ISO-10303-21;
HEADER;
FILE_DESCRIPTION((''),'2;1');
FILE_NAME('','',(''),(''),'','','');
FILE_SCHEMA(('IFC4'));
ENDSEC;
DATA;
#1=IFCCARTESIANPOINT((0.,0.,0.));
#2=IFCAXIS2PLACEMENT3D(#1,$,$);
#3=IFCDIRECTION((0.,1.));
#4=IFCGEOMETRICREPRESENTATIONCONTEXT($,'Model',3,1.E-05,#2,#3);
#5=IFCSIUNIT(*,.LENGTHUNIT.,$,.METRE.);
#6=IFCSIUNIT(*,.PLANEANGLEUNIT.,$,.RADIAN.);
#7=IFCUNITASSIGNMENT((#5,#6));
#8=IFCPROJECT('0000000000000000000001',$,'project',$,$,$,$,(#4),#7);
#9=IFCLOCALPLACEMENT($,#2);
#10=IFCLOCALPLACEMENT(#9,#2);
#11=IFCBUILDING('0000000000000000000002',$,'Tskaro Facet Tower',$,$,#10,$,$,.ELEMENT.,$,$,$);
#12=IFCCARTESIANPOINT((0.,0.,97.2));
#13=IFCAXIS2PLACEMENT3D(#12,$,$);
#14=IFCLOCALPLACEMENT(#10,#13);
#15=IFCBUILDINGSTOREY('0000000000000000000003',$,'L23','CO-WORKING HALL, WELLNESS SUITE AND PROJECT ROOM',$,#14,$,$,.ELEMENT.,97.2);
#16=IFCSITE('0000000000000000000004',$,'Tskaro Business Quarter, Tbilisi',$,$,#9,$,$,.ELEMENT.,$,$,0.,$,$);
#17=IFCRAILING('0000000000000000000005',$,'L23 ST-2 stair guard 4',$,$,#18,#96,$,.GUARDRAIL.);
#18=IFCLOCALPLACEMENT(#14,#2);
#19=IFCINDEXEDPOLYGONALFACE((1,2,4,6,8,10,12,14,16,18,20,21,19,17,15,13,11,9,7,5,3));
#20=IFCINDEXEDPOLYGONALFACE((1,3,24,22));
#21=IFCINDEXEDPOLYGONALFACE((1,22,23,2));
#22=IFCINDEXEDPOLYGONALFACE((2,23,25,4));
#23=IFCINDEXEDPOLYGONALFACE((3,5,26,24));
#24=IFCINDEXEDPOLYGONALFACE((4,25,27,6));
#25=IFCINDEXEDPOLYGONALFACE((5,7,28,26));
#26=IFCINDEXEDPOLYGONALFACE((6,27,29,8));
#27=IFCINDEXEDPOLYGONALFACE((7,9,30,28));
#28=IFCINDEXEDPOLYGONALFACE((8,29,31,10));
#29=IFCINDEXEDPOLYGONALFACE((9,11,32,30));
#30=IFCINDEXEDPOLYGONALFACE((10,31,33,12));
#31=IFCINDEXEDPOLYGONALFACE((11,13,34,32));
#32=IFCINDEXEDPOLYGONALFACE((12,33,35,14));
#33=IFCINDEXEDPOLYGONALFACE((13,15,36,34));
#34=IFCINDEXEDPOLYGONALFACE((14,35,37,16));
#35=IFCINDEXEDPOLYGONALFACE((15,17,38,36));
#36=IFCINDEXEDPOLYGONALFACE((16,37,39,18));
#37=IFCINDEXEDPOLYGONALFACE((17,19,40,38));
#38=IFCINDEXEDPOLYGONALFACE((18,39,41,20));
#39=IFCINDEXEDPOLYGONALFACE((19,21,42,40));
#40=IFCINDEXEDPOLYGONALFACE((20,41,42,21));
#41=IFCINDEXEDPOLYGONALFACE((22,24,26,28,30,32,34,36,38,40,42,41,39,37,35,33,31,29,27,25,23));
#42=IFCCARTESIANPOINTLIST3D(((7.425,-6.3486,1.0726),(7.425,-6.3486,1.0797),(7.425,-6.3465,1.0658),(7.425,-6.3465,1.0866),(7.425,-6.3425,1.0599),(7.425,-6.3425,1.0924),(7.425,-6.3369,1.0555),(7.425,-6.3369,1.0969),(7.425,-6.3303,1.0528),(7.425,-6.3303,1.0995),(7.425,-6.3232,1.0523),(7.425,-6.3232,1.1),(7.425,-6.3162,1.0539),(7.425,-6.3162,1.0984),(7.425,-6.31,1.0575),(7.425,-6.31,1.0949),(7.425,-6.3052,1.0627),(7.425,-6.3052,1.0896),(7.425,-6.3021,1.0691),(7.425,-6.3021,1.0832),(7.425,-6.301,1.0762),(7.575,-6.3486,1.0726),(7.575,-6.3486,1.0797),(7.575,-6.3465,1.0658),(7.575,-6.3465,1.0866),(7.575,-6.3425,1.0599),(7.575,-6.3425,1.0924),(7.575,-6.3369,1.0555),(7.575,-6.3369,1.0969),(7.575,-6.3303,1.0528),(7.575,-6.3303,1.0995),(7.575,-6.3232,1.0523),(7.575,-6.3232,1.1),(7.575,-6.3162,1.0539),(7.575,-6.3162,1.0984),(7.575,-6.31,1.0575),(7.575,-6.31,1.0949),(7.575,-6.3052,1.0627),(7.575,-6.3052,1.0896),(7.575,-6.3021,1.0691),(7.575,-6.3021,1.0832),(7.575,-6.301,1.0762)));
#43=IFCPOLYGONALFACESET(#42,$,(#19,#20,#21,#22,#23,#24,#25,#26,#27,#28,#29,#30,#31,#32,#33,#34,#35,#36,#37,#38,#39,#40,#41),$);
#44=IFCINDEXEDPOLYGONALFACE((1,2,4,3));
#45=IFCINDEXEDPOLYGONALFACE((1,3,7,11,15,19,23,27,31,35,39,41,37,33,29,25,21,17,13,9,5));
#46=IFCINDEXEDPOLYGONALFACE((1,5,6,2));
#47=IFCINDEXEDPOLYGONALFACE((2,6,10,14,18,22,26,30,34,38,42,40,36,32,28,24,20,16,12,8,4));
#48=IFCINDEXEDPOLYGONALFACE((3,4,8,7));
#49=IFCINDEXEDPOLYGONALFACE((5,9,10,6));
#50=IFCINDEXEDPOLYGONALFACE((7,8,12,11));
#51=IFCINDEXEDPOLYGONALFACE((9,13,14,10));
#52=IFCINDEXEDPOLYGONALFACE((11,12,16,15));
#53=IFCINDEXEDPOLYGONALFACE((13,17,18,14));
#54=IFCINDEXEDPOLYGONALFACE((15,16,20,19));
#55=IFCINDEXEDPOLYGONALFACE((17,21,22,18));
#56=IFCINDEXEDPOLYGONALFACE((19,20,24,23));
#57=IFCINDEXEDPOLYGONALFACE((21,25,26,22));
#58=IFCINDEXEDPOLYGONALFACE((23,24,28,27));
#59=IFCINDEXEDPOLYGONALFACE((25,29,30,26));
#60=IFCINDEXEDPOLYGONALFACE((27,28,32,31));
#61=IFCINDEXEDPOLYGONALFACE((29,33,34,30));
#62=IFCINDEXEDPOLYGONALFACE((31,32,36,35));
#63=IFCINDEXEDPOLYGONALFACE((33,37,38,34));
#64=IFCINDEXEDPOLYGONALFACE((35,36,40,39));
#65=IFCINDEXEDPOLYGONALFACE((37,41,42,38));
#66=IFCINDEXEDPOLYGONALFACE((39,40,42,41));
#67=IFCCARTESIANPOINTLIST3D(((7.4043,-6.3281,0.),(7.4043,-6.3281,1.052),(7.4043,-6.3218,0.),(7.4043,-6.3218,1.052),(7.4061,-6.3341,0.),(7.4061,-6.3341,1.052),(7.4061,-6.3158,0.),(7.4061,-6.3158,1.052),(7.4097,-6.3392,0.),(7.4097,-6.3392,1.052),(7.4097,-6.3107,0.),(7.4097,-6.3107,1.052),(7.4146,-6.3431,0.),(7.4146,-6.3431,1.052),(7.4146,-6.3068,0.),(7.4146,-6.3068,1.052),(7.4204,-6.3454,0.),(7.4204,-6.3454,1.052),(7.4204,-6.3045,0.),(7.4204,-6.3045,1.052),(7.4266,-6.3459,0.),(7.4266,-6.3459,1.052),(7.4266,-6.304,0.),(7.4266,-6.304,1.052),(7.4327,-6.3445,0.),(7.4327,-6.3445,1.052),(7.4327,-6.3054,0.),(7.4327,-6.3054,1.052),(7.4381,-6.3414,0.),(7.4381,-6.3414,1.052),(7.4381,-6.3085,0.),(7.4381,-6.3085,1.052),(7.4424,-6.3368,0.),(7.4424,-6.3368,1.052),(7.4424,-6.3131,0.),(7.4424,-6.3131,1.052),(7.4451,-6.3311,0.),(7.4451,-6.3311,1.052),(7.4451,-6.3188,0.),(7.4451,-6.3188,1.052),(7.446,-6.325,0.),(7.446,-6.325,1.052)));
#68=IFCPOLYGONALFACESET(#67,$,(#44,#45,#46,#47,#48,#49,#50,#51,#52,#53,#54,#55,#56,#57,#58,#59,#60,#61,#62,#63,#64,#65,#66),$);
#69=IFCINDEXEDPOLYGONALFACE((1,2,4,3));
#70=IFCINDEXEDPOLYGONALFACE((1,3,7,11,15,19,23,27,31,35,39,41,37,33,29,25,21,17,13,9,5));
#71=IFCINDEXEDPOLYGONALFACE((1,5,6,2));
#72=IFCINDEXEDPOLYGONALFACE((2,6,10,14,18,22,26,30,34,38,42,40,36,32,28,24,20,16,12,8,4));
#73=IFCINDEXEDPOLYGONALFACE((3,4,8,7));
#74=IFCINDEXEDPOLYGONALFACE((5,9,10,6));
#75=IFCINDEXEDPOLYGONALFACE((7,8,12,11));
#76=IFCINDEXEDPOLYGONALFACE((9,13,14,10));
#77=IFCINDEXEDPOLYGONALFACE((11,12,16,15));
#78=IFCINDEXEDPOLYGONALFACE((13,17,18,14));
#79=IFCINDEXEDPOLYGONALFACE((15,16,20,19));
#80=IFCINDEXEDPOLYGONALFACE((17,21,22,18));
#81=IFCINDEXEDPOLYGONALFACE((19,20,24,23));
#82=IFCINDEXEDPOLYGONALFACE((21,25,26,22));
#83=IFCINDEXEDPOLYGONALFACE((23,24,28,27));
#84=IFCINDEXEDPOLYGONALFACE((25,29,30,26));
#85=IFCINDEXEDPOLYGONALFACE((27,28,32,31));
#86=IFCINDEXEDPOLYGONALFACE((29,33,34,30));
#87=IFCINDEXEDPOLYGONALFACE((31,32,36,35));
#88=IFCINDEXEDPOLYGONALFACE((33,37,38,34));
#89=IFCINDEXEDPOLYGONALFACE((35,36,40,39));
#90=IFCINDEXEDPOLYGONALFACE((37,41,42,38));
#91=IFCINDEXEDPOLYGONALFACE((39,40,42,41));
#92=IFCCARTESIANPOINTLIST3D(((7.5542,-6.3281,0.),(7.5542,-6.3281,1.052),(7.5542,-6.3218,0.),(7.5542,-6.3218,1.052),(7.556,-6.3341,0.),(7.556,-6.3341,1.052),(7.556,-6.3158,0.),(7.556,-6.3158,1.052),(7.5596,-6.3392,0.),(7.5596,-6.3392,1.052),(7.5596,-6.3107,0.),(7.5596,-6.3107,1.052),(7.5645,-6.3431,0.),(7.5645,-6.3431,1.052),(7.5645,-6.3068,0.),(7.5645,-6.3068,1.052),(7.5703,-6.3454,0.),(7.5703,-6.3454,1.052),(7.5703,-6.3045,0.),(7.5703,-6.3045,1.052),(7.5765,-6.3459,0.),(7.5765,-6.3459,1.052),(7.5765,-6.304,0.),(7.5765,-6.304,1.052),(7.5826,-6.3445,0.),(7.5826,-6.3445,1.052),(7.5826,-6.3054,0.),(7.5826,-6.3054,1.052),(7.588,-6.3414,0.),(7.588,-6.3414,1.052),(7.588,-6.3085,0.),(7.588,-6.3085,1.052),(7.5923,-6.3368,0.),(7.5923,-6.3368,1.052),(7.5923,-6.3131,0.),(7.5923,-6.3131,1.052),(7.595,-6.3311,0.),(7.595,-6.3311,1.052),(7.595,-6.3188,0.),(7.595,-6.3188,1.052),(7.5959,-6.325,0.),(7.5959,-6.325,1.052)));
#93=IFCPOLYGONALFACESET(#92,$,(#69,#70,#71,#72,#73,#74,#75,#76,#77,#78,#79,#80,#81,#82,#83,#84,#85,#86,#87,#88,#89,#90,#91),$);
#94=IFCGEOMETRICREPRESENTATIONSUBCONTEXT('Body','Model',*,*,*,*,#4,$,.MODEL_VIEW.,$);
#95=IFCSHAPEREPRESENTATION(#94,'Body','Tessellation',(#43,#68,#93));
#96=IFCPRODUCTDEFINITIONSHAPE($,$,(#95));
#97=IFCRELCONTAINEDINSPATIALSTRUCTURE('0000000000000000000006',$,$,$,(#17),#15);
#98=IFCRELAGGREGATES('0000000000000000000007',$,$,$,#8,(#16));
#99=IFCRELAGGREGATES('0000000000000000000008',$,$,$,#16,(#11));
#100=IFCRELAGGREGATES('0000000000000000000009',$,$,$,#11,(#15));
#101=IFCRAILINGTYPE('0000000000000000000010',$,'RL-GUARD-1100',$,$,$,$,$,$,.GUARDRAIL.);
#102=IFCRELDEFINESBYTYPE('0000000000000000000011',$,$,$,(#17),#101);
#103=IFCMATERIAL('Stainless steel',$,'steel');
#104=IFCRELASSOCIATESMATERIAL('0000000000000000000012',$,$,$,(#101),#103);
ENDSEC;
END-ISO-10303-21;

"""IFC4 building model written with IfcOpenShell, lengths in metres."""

from ifc_helpers import new_model, si_unit, direction, frame, origin, origin_2d, place, context, subcontext, project, spatial, circle, extrude, material, type_object, element, save


model = new_model("IFC4")

# Units and contexts
model_context = context("Model", 3, precision=1e-05, world=origin(), true_north=direction((0.0, 1.0)))
body_context = subcontext(model_context, "Body", "Model", "MODEL_VIEW")
ifc_project = project(units=[si_unit("LENGTHUNIT", "METRE"), si_unit("PLANEANGLEUNIT", "RADIAN")], contexts=[model_context])

# Site, building, storey
site_placement = place(None, origin())
site = spatial("IfcSite", under=ifc_project, at=site_placement, Name="Tskaro Business Quarter, Tbilisi", CompositionType="ELEMENT", RefElevation=0.0)
building_placement = place(site_placement, origin())
building = spatial("IfcBuilding", under=site, at=building_placement, Name="Tskaro Facet Tower", CompositionType="ELEMENT")
storey_placement = place(building_placement, frame((0.0, 0.0, 97.2)))
storey = spatial("IfcBuildingStorey", under=building, at=storey_placement, Name="L23", Description="CO-WORKING HALL, WELLNESS SUITE AND PROJECT ROOM", CompositionType="ELEMENT", Elevation=97.2)

# Railing
ifc_material_1 = material(Name="Stainless steel", Category="steel")
railing_type_1 = type_object("IfcRailingType", Name="RL-GUARD-1100", PredefinedType="GUARDRAIL", material=ifc_material_1)
railing_1_placement = place(storey_placement, frame((7.425, -6.325, 0.0)))
element("IfcRailing", 1, at=railing_1_placement, inside=storey, type_object=railing_type_1, Name="L23 ST-2 stair guard 4", PredefinedType="GUARDRAIL", context=body_context, shape_type="SweptSolid", body=[
    extrude(circle(Radius=0.0239, at=origin_2d()), frame((0.0, 0.0, 1.0762), z_axis=(1.0, 0.0, 0.0), x_axis=(0.0, 1.0, 0.0)), (0.0, 0.0, 1.0), 0.1499),
    extrude(circle(Radius=0.021, at=origin_2d()), origin(), (0.0, 0.0, 1.0), 1.052),
    extrude(circle(Radius=0.021, at=origin_2d()), frame((0.1499, 0.0, 0.0)), (0.0, 0.0, 1.0), 1.052),
])

save(model, "model.ifc")
